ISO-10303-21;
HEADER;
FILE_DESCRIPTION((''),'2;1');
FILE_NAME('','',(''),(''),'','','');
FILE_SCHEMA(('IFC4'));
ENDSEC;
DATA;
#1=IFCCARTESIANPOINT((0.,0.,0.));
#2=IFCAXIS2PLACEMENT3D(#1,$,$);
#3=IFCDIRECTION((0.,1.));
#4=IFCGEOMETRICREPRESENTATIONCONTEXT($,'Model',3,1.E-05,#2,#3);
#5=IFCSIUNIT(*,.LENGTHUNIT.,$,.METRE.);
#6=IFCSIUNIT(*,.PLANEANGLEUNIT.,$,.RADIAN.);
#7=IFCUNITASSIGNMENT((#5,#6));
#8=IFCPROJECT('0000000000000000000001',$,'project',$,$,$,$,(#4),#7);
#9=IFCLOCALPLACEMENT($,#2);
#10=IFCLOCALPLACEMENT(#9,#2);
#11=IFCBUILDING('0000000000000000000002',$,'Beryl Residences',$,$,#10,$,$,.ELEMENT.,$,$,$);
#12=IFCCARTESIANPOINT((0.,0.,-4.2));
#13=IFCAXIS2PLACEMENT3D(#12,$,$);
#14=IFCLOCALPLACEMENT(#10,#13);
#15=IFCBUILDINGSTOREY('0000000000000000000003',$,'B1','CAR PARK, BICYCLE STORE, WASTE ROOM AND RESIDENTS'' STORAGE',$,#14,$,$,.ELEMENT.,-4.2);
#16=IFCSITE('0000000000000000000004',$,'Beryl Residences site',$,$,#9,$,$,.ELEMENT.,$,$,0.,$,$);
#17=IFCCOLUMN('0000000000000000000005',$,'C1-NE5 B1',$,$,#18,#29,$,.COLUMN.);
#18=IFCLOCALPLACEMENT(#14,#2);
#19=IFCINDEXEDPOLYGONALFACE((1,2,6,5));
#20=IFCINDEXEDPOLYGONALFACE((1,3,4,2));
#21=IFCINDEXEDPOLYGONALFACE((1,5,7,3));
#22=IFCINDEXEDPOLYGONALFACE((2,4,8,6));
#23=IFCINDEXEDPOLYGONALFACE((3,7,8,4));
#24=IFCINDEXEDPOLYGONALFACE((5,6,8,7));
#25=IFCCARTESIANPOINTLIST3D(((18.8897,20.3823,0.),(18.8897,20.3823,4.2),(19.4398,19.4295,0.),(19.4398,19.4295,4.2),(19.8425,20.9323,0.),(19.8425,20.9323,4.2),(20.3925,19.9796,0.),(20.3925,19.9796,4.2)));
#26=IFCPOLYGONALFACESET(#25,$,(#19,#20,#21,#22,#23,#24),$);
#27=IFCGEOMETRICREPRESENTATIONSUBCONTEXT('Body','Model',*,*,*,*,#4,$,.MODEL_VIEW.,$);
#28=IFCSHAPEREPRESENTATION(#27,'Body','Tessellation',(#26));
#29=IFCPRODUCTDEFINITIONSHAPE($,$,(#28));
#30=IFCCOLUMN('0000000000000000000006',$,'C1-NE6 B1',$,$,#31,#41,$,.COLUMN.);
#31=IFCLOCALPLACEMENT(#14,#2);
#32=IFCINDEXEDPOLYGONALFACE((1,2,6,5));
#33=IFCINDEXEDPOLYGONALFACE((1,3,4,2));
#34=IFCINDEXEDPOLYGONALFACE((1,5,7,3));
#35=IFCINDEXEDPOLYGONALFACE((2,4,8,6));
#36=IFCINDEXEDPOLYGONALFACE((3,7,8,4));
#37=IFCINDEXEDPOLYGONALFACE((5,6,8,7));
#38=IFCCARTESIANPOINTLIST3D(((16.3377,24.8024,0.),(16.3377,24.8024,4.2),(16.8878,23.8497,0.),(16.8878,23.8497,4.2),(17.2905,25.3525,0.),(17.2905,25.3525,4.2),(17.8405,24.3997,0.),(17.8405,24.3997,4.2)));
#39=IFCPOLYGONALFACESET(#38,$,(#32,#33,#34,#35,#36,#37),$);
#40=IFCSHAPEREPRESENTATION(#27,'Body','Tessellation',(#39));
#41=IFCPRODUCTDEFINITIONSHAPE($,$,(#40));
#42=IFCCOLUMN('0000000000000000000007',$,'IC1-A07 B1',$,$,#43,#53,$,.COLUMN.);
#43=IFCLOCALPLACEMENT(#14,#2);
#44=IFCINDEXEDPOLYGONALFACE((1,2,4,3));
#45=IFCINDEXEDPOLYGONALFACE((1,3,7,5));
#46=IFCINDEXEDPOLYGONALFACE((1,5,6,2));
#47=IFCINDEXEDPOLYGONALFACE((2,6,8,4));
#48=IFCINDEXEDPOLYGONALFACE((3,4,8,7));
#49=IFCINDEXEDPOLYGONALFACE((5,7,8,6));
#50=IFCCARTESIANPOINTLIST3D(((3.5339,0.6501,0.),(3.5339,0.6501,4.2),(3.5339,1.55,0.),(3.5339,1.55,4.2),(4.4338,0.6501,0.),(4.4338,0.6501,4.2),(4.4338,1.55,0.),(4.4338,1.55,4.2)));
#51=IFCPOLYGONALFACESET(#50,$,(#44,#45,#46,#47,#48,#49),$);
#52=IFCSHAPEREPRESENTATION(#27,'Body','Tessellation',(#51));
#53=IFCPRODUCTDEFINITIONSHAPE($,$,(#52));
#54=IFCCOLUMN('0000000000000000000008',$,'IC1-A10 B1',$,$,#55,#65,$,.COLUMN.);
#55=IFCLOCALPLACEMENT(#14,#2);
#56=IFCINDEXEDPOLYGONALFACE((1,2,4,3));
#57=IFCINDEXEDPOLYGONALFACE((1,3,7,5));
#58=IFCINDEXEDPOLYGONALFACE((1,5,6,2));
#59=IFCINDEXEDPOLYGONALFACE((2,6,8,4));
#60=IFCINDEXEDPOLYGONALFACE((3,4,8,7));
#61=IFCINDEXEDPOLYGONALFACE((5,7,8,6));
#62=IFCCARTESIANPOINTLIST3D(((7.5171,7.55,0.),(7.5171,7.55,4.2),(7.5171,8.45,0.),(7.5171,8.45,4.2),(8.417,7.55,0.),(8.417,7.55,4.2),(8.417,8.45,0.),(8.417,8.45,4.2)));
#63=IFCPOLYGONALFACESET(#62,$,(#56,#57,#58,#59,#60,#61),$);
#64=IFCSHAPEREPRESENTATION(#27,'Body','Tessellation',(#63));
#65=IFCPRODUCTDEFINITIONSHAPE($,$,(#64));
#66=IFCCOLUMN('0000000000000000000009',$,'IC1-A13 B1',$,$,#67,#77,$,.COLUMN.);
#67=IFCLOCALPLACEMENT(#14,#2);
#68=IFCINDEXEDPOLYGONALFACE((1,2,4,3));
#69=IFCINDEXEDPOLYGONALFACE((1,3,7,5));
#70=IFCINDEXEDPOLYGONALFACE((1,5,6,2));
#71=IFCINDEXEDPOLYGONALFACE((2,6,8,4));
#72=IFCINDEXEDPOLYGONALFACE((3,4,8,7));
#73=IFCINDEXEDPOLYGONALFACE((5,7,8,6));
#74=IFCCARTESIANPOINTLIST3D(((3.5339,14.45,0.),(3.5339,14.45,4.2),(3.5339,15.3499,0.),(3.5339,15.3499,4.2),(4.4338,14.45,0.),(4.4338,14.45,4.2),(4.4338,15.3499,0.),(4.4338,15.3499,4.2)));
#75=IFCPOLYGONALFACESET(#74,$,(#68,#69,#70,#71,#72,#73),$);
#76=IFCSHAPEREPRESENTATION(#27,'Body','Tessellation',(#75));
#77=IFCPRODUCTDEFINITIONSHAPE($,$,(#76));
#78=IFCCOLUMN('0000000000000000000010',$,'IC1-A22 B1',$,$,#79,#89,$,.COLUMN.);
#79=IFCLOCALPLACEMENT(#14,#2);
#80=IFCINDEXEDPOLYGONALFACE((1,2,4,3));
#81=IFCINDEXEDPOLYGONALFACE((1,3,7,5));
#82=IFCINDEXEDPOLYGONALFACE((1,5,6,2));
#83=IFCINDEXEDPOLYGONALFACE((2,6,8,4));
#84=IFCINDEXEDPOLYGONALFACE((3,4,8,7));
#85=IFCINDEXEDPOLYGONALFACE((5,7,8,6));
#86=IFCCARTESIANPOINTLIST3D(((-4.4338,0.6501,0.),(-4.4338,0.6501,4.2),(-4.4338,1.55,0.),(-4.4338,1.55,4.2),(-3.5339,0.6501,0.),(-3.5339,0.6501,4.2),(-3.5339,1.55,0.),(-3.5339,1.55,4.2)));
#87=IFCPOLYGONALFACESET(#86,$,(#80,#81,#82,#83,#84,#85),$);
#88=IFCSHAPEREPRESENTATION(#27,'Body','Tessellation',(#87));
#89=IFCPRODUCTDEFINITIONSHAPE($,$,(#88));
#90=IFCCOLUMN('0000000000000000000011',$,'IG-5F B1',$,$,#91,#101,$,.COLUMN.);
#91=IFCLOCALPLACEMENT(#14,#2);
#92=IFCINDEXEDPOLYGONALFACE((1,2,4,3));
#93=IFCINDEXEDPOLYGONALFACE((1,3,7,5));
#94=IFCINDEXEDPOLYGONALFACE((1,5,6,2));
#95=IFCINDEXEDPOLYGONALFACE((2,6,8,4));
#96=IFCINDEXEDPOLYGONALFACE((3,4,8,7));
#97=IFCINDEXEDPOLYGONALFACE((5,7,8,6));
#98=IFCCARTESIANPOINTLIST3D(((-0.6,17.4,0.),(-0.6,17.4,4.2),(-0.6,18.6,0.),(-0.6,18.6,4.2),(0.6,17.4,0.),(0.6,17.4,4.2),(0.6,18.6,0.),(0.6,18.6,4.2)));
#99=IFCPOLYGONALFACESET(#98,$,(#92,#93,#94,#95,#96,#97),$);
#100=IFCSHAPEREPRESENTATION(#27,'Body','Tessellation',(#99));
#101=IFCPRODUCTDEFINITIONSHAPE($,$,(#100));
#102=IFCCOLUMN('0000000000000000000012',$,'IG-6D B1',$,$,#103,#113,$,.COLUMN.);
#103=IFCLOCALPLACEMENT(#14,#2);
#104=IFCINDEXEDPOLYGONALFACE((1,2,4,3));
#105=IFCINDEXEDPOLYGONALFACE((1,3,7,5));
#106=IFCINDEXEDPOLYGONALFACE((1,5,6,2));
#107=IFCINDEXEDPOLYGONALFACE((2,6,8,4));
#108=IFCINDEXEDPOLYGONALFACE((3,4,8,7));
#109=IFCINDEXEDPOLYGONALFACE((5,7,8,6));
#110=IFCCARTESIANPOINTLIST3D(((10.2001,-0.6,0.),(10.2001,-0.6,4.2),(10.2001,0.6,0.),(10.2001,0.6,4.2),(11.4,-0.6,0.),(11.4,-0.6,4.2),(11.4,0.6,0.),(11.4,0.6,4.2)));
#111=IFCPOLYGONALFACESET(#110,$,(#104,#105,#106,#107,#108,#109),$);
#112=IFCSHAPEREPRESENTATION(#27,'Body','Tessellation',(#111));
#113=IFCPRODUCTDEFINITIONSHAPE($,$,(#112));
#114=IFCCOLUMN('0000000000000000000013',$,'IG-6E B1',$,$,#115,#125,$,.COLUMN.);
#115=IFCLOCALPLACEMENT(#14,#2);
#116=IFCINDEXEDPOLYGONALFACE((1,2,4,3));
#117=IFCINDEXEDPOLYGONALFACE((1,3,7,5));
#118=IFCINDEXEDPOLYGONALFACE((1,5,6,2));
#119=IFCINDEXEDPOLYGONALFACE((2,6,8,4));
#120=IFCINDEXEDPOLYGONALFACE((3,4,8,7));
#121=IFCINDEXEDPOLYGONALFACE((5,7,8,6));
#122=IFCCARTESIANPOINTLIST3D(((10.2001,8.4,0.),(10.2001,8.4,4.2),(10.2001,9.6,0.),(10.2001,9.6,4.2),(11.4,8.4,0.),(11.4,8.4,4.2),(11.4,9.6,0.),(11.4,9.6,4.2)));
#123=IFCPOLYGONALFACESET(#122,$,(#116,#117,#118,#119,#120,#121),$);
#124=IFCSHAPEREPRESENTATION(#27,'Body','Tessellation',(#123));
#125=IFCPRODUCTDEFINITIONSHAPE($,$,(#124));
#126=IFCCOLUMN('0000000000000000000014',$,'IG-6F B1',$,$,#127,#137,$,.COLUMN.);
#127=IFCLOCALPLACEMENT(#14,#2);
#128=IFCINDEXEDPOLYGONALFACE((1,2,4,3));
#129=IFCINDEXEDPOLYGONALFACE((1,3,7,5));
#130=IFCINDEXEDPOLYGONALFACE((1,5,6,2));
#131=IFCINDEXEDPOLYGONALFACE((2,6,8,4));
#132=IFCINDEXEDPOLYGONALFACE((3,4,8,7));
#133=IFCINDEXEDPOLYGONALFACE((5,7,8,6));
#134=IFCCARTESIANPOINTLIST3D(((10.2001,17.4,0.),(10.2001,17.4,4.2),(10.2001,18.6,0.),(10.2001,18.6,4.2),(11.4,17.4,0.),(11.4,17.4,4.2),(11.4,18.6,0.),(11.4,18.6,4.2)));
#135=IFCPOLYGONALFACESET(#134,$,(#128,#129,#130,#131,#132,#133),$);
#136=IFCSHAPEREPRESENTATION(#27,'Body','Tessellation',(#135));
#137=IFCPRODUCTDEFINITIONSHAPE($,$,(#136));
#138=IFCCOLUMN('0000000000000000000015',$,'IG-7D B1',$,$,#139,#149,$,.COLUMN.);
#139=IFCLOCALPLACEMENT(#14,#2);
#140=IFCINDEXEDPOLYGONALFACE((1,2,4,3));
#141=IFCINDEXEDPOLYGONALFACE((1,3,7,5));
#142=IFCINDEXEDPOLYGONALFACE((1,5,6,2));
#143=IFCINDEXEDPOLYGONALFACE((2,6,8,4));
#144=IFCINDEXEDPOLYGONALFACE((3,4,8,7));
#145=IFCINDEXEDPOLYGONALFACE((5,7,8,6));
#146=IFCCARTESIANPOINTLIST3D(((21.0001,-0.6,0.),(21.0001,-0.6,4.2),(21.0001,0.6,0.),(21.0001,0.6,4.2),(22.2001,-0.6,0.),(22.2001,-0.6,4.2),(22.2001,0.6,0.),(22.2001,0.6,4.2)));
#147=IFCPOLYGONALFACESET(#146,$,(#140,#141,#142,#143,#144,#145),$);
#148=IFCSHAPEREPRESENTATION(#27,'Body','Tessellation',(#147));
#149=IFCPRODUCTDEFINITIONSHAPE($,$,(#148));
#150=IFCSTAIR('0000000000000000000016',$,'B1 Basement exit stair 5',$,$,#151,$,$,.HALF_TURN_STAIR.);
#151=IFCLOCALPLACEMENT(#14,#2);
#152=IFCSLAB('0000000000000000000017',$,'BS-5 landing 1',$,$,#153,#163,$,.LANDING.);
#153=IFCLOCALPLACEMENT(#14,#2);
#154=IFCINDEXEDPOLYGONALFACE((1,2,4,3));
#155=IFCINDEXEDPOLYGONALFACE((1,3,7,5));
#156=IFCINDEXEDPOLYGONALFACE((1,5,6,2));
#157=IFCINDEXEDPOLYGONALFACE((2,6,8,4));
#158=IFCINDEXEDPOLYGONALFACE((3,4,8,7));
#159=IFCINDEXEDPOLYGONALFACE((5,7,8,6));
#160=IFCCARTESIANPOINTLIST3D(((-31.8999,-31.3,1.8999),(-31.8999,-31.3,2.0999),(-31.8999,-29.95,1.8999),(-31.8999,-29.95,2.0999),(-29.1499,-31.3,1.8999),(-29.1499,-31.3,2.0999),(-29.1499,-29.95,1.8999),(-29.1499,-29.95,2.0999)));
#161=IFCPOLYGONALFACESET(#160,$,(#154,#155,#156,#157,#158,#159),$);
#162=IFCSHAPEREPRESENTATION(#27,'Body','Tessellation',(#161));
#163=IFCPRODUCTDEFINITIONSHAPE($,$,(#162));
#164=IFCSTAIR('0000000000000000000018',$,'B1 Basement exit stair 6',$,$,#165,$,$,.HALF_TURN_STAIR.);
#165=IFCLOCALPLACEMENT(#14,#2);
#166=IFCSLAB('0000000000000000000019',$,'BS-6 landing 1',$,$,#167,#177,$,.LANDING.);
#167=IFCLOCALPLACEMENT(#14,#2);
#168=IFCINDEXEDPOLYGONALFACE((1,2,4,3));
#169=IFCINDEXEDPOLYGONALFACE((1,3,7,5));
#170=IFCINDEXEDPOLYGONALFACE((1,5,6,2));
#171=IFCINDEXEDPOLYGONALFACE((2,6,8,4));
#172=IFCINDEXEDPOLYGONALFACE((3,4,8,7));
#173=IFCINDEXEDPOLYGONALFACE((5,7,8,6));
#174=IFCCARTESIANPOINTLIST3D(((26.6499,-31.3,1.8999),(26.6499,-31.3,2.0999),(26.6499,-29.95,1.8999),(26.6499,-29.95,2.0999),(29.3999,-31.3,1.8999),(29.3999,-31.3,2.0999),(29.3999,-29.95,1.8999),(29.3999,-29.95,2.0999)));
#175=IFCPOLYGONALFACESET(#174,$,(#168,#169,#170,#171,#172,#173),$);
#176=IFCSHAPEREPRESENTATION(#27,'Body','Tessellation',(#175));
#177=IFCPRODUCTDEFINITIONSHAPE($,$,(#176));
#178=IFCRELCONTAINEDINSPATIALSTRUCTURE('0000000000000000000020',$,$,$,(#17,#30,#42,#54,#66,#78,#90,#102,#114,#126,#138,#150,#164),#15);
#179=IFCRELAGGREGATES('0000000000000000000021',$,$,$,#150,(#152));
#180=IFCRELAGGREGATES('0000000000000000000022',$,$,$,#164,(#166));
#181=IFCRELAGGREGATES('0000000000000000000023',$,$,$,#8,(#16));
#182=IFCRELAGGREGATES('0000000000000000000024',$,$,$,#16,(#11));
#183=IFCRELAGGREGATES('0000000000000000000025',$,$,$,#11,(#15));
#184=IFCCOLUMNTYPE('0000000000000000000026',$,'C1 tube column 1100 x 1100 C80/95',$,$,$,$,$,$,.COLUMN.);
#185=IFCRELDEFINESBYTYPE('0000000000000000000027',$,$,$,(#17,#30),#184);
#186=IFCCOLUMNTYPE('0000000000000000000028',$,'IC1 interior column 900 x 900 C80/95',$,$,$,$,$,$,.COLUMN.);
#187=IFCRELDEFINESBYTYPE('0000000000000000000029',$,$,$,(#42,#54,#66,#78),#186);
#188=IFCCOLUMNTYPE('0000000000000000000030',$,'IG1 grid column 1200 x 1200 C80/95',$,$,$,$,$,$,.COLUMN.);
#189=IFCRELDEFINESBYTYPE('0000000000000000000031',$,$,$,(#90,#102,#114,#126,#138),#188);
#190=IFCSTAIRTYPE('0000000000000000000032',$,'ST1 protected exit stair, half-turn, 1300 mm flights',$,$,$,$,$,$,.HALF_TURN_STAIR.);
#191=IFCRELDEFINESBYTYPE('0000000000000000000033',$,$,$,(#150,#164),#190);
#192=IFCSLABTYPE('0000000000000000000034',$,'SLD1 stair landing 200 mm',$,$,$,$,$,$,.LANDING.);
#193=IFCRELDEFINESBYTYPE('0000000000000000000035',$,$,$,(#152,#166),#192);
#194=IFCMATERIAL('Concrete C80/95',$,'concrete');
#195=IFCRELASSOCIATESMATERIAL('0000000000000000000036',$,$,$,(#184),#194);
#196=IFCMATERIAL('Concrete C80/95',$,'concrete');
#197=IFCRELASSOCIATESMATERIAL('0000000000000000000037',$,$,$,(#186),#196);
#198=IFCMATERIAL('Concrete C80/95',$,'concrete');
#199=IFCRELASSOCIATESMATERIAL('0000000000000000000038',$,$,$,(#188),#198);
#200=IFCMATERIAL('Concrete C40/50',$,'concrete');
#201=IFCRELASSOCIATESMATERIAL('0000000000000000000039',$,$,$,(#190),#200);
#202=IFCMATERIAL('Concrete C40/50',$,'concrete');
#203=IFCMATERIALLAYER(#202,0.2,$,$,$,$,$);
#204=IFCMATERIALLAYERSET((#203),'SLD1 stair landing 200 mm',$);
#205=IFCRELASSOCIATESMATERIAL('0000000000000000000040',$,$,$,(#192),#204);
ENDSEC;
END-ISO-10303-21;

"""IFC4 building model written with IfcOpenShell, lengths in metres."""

from ifc_helpers import new_model, si_unit, direction, frame, origin, origin_2d, place, context, subcontext, project, spatial, polyline, rectangle, outline, extrude, material, layer, layer_set, material_profile, profile_set, type_object, element, aggregate, save


model = new_model("IFC4")

# Units and contexts
model_context = context("Model", 3, precision=1e-05, world=origin(), true_north=direction((0.0, 1.0)))
body_context = subcontext(model_context, "Body", "Model", "MODEL_VIEW")
ifc_project = project(units=[si_unit("LENGTHUNIT", "METRE"), si_unit("PLANEANGLEUNIT", "RADIAN")], contexts=[model_context])

# Site, building, storey
site_placement = place(None, origin())
site = spatial("IfcSite", under=ifc_project, at=site_placement, Name="Beryl Residences site", CompositionType="ELEMENT", RefElevation=0.0)
building_placement = place(site_placement, origin())
building = spatial("IfcBuilding", under=site, at=building_placement, Name="Beryl Residences", CompositionType="ELEMENT")
storey_placement = place(building_placement, frame((0.0, 0.0, -4.2)))
storey = spatial("IfcBuildingStorey", under=building, at=storey_placement, Name="B1", Description="CAR PARK, BICYCLE STORE, WASTE ROOM AND RESIDENTS' STORAGE", CompositionType="ELEMENT", Elevation=-4.2)

# Columns
ifc_material_1 = material(Name="Concrete C80/95", Category="concrete")
ifc_material_profile_1 = material_profile(ifc_material_1, rectangle(XDim=1.1001, YDim=1.1001, at=origin_2d()))
ifc_profile_set_1 = profile_set([ifc_material_profile_1], Name="Concrete C80/95")
column_type_1 = type_object("IfcColumnType", Name="C1 tube column 1100 x 1100 C80/95", PredefinedType="COLUMN", material=ifc_profile_set_1)
for number, where, z_axis, x_axis, name in (
    (1, (19.6411, 20.1809, 0.0), (0.0, 0.0, 1.0), (-0.499985, 0.866034, 0.0), "C1-NE5 B1"),
    (2, (17.0891, 24.6011, 0.0), (0.0, 0.0, 1.0), (-0.499985, 0.866034, 0.0), "C1-NE6 B1"),
):
    element("IfcColumn", number, at=place(storey_placement, frame(where, z_axis=z_axis, x_axis=x_axis)), inside=storey, type_object=column_type_1, Name=name, PredefinedType="COLUMN", context=body_context, shape_type="SweptSolid", body=[
        extrude(rectangle(XDim=1.1001, YDim=1.1001, at=origin_2d()), origin(), (0.0, 0.0, 1.0), 4.2),
    ])
ifc_material_2 = material(Name="Concrete C80/95", Category="concrete")
ifc_material_profile_2 = material_profile(ifc_material_2, rectangle(XDim=0.8999, YDim=0.8999, at=origin_2d()))
ifc_profile_set_2 = profile_set([ifc_material_profile_2], Name="Concrete C80/95")
column_type_2 = type_object("IfcColumnType", Name="IC1 interior column 900 x 900 C80/95", PredefinedType="COLUMN", material=ifc_profile_set_2)
for number, where, z_axis, x_axis, name in (
    (3, (3.9839, 1.1001, 0.0), (0.0, 0.0, 1.0), (1.0, 0.0, 0.0), "IC1-A07 B1"),
    (4, (7.967, 8.0, 0.0), (0.0, 0.0, 1.0), (1.0, 0.0, 0.0), "IC1-A10 B1"),
    (5, (3.9839, 14.8999, 0.0), (0.0, 0.0, 1.0), (1.0, 0.0, 0.0), "IC1-A13 B1"),
    (6, (-3.9839, 1.1001, 0.0), (0.0, 0.0, 1.0), (1.0, 0.0, 0.0), "IC1-A22 B1"),
):
    element("IfcColumn", number, at=place(storey_placement, frame(where, z_axis=z_axis, x_axis=x_axis)), inside=storey, type_object=column_type_2, Name=name, PredefinedType="COLUMN", context=body_context, shape_type="SweptSolid", body=[
        extrude(rectangle(XDim=0.8999, YDim=0.8999, at=origin_2d()), origin(), (0.0, 0.0, 1.0), 4.2),
    ])
ifc_material_3 = material(Name="Concrete C80/95", Category="concrete")
ifc_material_profile_3 = material_profile(ifc_material_3, rectangle(XDim=1.2, YDim=1.2, at=origin_2d()))
ifc_profile_set_3 = profile_set([ifc_material_profile_3], Name="Concrete C80/95")
column_type_3 = type_object("IfcColumnType", Name="IG1 grid column 1200 x 1200 C80/95", PredefinedType="COLUMN", material=ifc_profile_set_3)
for number, where, z_axis, x_axis, name in (
    (7, (0.0, 18.0, 0.0), (0.0, 0.0, 1.0), (1.0, 0.0, 0.0), "IG-5F B1"),
    (8, (10.8, 0.0, 0.0), (0.0, 0.0, 1.0), (1.0, 0.0, 0.0), "IG-6D B1"),
    (9, (10.8, 9.0, 0.0), (0.0, 0.0, 1.0), (1.0, 0.0, 0.0), "IG-6E B1"),
    (10, (10.8, 18.0, 0.0), (0.0, 0.0, 1.0), (1.0, 0.0, 0.0), "IG-6F B1"),
    (11, (21.6001, 0.0, 0.0), (0.0, 0.0, 1.0), (1.0, 0.0, 0.0), "IG-7D B1"),
):
    element("IfcColumn", number, at=place(storey_placement, frame(where, z_axis=z_axis, x_axis=x_axis)), inside=storey, type_object=column_type_3, Name=name, PredefinedType="COLUMN", context=body_context, shape_type="SweptSolid", body=[
        extrude(rectangle(XDim=1.2, YDim=1.2, at=origin_2d()), origin(), (0.0, 0.0, 1.0), 4.2),
    ])

# Stairs, slabs
ifc_material_4 = material(Name="Concrete C40/50", Category="concrete")
stair_type = type_object("IfcStairType", Name="ST1 protected exit stair, half-turn, 1300 mm flights", PredefinedType="HALF_TURN_STAIR", material=ifc_material_4)
stair_1_placement = place(storey_placement, origin())
stair_1 = element("IfcStair", 12, at=stair_1_placement, inside=storey, type_object=stair_type, Name="B1 Basement exit stair 5", PredefinedType="HALF_TURN_STAIR")
ifc_material_5 = material(Name="Concrete C40/50", Category="concrete")
ifc_layer = layer(ifc_material_5, 0.2)
ifc_layer_set = layer_set([ifc_layer], Name="SLD1 stair landing 200 mm")
slab_type = type_object("IfcSlabType", Name="SLD1 stair landing 200 mm", PredefinedType="LANDING", material=ifc_layer_set)
slab_1_placement = place(storey_placement, frame((0.0, 0.0, 1.8999)))
slab_1 = element("IfcSlab", 13, at=slab_1_placement, type_object=slab_type, Name="BS-5 landing 1", PredefinedType="LANDING", context=body_context, shape_type="SweptSolid", body=[
    extrude(outline(polyline([(-31.8999, -29.95), (-31.8999, -31.3), (-29.1499, -31.3), (-29.1499, -29.95), (-31.8999, -29.95)])), origin(), (0.0, 0.0, 1.0), 0.2),
])
aggregate(stair_1, [slab_1])
stair_2_placement = place(storey_placement, origin())
stair_2 = element("IfcStair", 14, at=stair_2_placement, inside=storey, type_object=stair_type, Name="B1 Basement exit stair 6", PredefinedType="HALF_TURN_STAIR")
slab_2_placement = place(storey_placement, frame((0.0, 0.0, 1.8999)))
slab_2 = element("IfcSlab", 15, at=slab_2_placement, type_object=slab_type, Name="BS-6 landing 1", PredefinedType="LANDING", context=body_context, shape_type="SweptSolid", body=[
    extrude(outline(polyline([(26.6499, -29.95), (26.6499, -31.3), (29.3999, -31.3), (29.3999, -29.95), (26.6499, -29.95)])), origin(), (0.0, 0.0, 1.0), 0.2),
])
aggregate(stair_2, [slab_2])

save(model, "model.ifc")
